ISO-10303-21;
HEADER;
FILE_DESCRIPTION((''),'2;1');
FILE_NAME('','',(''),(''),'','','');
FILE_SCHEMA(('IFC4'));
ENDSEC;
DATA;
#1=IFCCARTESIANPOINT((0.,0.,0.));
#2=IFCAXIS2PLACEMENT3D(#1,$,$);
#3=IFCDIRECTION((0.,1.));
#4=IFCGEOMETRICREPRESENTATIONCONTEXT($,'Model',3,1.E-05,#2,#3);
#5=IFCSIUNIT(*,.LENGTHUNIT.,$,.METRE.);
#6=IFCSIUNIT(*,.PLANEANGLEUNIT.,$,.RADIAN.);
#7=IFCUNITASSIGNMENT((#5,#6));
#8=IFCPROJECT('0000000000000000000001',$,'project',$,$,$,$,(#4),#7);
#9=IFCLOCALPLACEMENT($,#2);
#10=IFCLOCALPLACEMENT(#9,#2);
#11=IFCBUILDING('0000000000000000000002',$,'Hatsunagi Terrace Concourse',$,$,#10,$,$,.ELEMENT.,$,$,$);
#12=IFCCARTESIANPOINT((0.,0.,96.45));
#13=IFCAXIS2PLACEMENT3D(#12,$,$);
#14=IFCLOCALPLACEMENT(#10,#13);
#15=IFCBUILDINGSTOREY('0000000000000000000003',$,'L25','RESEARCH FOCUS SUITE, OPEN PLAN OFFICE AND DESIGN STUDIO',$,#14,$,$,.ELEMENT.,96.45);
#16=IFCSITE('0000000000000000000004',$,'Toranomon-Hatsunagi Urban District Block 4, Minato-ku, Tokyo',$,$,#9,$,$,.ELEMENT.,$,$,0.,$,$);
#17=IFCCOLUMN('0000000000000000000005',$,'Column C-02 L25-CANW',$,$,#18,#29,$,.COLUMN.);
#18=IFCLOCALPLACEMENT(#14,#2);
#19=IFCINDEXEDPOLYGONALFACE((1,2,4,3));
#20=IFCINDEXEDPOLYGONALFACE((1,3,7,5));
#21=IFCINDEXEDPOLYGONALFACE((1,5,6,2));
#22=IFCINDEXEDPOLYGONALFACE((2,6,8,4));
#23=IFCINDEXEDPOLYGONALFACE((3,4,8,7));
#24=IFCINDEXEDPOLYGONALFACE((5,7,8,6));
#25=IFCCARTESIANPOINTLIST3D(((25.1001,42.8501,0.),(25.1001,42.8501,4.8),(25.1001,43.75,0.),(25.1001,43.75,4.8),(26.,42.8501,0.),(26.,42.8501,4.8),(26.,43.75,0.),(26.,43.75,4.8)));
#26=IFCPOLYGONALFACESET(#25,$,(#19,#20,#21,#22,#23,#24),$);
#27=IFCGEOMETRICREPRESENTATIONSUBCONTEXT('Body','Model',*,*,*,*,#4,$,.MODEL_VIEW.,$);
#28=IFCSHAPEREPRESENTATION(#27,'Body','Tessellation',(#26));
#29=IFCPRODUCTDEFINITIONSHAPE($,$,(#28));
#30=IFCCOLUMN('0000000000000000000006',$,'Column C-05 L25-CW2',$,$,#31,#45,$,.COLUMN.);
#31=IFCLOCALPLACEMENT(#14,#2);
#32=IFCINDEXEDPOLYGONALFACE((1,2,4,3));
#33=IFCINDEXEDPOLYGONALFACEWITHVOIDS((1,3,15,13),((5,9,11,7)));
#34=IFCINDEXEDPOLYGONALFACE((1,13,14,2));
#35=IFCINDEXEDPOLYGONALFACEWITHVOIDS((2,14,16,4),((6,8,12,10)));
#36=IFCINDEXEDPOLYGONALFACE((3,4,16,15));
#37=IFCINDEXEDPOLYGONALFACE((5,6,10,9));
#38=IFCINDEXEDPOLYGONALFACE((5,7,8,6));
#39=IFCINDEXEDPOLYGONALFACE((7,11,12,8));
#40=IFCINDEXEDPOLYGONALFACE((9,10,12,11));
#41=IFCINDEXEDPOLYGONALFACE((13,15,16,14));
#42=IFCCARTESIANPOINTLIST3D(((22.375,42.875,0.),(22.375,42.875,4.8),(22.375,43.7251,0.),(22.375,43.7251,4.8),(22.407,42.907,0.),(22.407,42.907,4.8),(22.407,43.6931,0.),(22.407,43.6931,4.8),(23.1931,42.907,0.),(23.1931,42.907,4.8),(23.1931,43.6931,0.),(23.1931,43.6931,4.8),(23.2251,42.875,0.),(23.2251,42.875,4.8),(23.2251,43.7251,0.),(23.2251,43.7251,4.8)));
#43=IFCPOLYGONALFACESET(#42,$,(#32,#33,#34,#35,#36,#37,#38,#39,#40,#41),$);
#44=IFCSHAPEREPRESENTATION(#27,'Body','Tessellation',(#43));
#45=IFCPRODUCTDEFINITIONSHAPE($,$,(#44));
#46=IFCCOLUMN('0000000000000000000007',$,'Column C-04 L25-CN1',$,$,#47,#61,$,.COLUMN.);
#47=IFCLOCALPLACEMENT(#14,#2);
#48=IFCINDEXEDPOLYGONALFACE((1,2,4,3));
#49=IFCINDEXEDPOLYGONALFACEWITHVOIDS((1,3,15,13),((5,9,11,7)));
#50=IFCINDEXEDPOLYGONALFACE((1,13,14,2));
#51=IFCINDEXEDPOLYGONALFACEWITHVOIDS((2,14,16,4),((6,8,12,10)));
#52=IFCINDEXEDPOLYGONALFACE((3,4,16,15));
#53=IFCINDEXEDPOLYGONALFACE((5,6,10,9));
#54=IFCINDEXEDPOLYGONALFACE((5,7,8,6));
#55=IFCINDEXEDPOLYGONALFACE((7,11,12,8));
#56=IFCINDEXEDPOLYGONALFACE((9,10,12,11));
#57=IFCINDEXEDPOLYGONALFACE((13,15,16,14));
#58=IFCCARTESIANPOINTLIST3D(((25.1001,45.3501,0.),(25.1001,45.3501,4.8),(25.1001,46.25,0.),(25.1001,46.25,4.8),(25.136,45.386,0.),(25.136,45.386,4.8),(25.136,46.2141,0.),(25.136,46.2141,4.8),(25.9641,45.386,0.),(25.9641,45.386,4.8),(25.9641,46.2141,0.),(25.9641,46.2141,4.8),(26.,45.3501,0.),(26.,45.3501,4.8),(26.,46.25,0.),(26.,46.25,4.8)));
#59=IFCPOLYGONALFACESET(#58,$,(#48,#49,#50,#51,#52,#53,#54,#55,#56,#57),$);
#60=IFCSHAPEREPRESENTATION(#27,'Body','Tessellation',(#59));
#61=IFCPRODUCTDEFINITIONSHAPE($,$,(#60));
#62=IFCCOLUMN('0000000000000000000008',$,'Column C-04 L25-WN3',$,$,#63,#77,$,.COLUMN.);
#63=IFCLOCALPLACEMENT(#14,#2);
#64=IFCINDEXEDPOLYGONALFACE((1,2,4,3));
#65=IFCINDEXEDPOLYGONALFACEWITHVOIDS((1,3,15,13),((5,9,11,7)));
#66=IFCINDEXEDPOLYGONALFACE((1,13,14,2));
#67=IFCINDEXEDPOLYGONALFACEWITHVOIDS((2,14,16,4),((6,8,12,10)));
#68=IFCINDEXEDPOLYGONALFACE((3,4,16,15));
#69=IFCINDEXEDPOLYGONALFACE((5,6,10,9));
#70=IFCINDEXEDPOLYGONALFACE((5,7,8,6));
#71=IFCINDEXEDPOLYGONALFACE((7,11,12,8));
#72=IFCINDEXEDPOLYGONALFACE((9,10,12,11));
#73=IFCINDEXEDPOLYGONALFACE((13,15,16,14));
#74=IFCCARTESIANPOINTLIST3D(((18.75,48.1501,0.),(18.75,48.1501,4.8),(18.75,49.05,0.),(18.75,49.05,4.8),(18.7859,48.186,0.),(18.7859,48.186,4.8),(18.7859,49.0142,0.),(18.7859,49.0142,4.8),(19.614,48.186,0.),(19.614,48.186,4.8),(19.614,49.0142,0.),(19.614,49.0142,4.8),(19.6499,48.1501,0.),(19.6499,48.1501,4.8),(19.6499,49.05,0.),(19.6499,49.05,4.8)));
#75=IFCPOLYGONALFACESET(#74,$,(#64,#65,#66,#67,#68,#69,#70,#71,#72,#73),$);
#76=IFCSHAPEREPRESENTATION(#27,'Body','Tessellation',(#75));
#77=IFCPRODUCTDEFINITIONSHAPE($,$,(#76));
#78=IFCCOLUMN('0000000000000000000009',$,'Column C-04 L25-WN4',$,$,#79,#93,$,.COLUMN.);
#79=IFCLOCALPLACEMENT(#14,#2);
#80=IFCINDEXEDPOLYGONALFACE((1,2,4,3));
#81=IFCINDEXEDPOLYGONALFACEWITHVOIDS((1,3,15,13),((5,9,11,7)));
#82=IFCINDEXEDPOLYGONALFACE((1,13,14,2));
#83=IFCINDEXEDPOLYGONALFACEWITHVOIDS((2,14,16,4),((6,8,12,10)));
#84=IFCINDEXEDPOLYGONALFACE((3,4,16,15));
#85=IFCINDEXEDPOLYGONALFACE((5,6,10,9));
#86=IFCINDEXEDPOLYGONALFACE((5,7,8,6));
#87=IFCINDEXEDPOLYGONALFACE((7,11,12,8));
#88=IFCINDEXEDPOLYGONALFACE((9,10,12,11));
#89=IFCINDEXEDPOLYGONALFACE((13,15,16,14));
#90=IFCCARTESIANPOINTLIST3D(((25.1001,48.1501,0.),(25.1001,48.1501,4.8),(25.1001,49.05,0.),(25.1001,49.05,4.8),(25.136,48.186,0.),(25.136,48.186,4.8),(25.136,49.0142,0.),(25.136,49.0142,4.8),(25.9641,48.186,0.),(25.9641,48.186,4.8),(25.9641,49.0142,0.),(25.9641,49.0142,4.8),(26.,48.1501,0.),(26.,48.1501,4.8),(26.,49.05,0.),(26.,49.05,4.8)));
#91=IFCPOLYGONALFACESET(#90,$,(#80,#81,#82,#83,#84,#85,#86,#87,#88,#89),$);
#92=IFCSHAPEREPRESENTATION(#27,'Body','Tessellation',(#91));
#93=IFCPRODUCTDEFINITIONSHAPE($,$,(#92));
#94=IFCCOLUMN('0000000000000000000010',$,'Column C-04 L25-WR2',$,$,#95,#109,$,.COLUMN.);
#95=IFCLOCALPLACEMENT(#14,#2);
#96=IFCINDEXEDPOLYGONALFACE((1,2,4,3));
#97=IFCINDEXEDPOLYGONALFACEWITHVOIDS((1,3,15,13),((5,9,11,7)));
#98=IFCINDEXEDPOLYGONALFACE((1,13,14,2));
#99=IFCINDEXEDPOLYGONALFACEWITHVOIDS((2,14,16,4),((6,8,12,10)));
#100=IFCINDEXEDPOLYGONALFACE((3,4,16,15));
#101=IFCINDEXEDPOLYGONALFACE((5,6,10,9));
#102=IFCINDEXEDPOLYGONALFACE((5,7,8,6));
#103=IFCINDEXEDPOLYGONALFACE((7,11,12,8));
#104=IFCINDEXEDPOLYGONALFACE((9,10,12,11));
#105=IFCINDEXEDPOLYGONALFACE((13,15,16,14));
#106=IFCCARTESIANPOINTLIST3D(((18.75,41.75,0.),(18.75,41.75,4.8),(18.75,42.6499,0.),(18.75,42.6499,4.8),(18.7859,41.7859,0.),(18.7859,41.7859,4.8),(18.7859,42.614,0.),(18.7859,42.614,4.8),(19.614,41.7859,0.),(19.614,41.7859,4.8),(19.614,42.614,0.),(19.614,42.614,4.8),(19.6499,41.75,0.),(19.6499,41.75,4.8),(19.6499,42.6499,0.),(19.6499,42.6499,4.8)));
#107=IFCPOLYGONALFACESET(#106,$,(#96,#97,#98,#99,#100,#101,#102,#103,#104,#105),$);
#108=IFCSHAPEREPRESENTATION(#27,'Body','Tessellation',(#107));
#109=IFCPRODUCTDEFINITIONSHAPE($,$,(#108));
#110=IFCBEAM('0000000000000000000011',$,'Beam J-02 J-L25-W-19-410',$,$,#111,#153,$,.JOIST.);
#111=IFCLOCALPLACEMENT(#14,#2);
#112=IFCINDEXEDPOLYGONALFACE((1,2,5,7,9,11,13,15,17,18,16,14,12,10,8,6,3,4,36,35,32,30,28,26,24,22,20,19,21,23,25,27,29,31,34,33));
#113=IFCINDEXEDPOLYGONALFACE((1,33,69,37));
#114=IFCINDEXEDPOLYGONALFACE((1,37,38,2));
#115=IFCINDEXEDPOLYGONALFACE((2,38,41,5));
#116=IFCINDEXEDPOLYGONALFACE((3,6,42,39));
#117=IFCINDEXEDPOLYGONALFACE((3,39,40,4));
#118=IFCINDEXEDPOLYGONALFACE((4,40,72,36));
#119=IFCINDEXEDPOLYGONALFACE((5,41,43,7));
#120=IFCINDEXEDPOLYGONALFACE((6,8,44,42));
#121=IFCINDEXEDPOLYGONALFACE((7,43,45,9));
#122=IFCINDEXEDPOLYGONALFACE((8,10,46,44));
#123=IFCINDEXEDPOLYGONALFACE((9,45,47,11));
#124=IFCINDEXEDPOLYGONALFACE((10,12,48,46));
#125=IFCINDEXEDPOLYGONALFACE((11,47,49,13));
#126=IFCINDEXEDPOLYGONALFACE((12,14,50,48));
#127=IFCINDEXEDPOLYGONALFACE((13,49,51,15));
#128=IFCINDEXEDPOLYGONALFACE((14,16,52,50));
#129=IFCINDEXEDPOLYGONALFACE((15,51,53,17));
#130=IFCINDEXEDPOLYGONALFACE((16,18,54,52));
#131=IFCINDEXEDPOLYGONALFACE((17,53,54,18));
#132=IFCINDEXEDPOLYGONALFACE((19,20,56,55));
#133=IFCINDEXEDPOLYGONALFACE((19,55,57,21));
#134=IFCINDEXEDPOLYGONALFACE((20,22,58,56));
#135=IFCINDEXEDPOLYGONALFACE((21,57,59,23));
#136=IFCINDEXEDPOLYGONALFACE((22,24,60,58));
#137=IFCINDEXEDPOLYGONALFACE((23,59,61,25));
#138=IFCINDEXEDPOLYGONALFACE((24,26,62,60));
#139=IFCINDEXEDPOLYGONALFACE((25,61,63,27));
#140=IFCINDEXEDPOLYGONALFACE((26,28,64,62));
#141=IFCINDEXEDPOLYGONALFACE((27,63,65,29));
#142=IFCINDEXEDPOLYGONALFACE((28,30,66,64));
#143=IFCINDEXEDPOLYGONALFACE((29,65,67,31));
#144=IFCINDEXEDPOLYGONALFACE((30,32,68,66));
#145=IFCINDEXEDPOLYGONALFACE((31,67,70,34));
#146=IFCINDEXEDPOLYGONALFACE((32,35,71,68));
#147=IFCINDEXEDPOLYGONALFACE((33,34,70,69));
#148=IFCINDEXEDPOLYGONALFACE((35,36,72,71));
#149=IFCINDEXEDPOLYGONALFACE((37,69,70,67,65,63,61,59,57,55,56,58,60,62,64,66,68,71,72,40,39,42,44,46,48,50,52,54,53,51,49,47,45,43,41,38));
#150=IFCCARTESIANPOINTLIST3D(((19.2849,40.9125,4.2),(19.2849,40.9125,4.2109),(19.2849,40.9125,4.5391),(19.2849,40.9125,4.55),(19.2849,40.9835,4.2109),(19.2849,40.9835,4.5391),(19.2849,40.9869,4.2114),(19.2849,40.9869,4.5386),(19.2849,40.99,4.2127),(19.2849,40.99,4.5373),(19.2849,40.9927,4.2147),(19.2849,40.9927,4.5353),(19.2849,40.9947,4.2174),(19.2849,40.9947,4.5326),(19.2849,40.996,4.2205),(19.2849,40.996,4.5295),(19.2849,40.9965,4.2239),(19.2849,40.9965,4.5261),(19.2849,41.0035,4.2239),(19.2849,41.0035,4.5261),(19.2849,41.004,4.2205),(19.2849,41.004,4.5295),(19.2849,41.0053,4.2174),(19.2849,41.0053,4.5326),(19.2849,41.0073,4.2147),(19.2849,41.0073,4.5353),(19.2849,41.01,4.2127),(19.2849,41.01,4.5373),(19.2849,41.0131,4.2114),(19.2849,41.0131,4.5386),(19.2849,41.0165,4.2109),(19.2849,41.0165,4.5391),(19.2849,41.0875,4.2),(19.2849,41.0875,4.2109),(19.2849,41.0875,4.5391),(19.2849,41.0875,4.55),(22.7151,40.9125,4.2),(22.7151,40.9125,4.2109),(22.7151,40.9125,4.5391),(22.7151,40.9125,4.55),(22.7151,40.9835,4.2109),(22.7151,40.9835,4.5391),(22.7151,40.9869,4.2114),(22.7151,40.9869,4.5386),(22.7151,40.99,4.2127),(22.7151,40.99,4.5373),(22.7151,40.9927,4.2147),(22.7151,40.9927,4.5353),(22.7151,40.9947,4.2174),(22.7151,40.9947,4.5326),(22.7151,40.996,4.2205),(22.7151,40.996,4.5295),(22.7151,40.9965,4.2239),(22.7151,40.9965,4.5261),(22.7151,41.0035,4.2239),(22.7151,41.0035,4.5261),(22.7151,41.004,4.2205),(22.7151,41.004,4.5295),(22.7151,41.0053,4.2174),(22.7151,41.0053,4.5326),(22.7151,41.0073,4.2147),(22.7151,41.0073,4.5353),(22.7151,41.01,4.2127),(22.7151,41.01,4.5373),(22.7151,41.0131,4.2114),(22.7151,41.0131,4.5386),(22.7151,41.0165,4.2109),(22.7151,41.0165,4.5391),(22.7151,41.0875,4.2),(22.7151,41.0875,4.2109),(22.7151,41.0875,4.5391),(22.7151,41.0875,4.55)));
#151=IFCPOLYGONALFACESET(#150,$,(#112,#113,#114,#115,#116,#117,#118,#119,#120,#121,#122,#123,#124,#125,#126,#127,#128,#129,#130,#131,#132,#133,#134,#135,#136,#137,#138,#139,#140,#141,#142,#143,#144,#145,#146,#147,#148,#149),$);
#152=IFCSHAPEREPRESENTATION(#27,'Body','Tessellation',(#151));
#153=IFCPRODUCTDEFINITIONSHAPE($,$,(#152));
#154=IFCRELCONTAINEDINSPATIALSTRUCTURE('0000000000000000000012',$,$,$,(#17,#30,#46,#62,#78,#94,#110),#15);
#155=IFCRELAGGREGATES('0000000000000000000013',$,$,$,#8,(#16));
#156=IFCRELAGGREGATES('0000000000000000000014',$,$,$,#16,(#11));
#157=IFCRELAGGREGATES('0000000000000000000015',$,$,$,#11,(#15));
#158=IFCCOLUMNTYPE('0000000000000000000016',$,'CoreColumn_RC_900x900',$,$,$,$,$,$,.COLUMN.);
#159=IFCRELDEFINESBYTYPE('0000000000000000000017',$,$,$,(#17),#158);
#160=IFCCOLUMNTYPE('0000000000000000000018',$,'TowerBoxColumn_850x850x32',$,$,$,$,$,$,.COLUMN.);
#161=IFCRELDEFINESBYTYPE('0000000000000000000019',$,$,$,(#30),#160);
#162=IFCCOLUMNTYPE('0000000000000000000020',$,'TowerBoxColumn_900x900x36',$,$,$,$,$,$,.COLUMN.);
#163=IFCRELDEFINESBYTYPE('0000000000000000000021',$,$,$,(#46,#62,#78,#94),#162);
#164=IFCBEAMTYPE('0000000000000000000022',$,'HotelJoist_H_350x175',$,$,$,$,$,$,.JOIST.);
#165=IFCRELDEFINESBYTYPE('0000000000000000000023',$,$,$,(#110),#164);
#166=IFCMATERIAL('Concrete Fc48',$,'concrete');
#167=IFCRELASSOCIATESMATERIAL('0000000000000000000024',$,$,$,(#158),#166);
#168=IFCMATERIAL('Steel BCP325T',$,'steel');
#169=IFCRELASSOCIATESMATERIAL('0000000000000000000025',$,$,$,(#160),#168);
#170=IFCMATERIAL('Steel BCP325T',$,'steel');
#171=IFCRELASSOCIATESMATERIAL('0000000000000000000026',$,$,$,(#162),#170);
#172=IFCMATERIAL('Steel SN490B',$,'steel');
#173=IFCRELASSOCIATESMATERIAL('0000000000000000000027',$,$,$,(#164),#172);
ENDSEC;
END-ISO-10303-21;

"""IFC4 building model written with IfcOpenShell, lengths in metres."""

from ifc_helpers import new_model, si_unit, direction, frame, origin, origin_2d, place, context, subcontext, project, spatial, rectangle, hollow_rectangle, i_section, extrude, material, material_profile, profile_set, type_object, element, save


model = new_model("IFC4")

# Units and contexts
model_context = context("Model", 3, precision=1e-05, world=origin(), true_north=direction((0.0, 1.0)))
body_context = subcontext(model_context, "Body", "Model", "MODEL_VIEW")
ifc_project = project(units=[si_unit("LENGTHUNIT", "METRE"), si_unit("PLANEANGLEUNIT", "RADIAN")], contexts=[model_context])

# Site, building, storey
site_placement = place(None, origin())
site = spatial("IfcSite", under=ifc_project, at=site_placement, Name="Toranomon-Hatsunagi Urban District Block 4, Minato-ku, Tokyo", CompositionType="ELEMENT", RefElevation=0.0)
building_placement = place(site_placement, origin())
building = spatial("IfcBuilding", under=site, at=building_placement, Name="Hatsunagi Terrace Concourse", CompositionType="ELEMENT")
storey_placement = place(building_placement, frame((0.0, 0.0, 96.45)))
storey = spatial("IfcBuildingStorey", under=building, at=storey_placement, Name="L25", Description="RESEARCH FOCUS SUITE, OPEN PLAN OFFICE AND DESIGN STUDIO", CompositionType="ELEMENT", Elevation=96.45)

# Columns
ifc_material_1 = material(Name="Concrete Fc48", Category="concrete")
ifc_material_profile_1 = material_profile(ifc_material_1, rectangle(XDim=0.8999, YDim=0.8999, at=origin_2d()), Name="RC-900x900")
ifc_profile_set_1 = profile_set([ifc_material_profile_1], Name="Concrete Fc48")
column_type_1 = type_object("IfcColumnType", Name="CoreColumn_RC_900x900", PredefinedType="COLUMN", material=ifc_profile_set_1)
column_1_placement = place(storey_placement, frame((25.55, 43.3, 0.0), z_axis=(0.0, 0.0, 1.0), x_axis=(1.0, 0.0, 0.0)))
element("IfcColumn", 1, at=column_1_placement, inside=storey, type_object=column_type_1, Name="Column C-02 L25-CANW", PredefinedType="COLUMN", context=body_context, shape_type="SweptSolid", body=[
    extrude(rectangle(XDim=0.8999, YDim=0.8999, at=origin_2d()), origin(), (0.0, 0.0, 1.0), 4.8),
])
ifc_material_2 = material(Name="Steel BCP325T", Category="steel")
ifc_material_profile_2 = material_profile(ifc_material_2, hollow_rectangle(XDim=0.8501, YDim=0.8501, WallThickness=0.032, at=origin_2d()), Name="BCP-850x850x32")
ifc_profile_set_2 = profile_set([ifc_material_profile_2], Name="Steel BCP325T")
column_type_2 = type_object("IfcColumnType", Name="TowerBoxColumn_850x850x32", PredefinedType="COLUMN", material=ifc_profile_set_2)
column_2_placement = place(storey_placement, frame((22.8, 43.3, 0.0), z_axis=(0.0, 0.0, 1.0), x_axis=(1.0, 0.0, 0.0)))
element("IfcColumn", 2, at=column_2_placement, inside=storey, type_object=column_type_2, Name="Column C-05 L25-CW2", PredefinedType="COLUMN", context=body_context, shape_type="SweptSolid", body=[
    extrude(hollow_rectangle(XDim=0.8501, YDim=0.8501, WallThickness=0.032, at=origin_2d()), origin(), (0.0, 0.0, 1.0), 4.8),
])
ifc_material_3 = material(Name="Steel BCP325T", Category="steel")
ifc_material_profile_3 = material_profile(ifc_material_3, hollow_rectangle(XDim=0.8999, YDim=0.8999, WallThickness=0.0359, at=origin_2d()), Name="BCP-900x900x36")
ifc_profile_set_3 = profile_set([ifc_material_profile_3], Name="Steel BCP325T")
column_type_3 = type_object("IfcColumnType", Name="TowerBoxColumn_900x900x36", PredefinedType="COLUMN", material=ifc_profile_set_3)
for number, where, z_axis, x_axis, name in (
    (3, (25.55, 45.8, 0.0), (0.0, 0.0, 1.0), (1.0, 0.0, 0.0), "Column C-04 L25-CN1"),
    (4, (19.2, 48.6001, 0.0), (0.0, 0.0, 1.0), (1.0, 0.0, 0.0), "Column C-04 L25-WN3"),
    (5, (25.55, 48.6001, 0.0), (0.0, 0.0, 1.0), (1.0, 0.0, 0.0), "Column C-04 L25-WN4"),
    (6, (19.2, 42.2, 0.0), (0.0, 0.0, 1.0), (1.0, 0.0, 0.0), "Column C-04 L25-WR2"),
):
    element("IfcColumn", number, at=place(storey_placement, frame(where, z_axis=z_axis, x_axis=x_axis)), inside=storey, type_object=column_type_3, Name=name, PredefinedType="COLUMN", context=body_context, shape_type="SweptSolid", body=[
        extrude(hollow_rectangle(XDim=0.8999, YDim=0.8999, WallThickness=0.0359, at=origin_2d()), origin(), (0.0, 0.0, 1.0), 4.8),
    ])

# Beam
ifc_material_4 = material(Name="Steel SN490B", Category="steel")
ifc_material_profile_4 = material_profile(ifc_material_4, i_section(OverallWidth=0.175, OverallDepth=0.3501, WebThickness=0.0071, FlangeThickness=0.011, FilletRadius=0.0129, at=origin_2d()), Name="H-350x175x7x11")
ifc_profile_set_4 = profile_set([ifc_material_profile_4], Name="Steel SN490B")
beam_type_1 = type_object("IfcBeamType", Name="HotelJoist_H_350x175", PredefinedType="JOIST", material=ifc_profile_set_4)
beam_1_placement = place(storey_placement, frame((19.2849, 41.0, 4.375), z_axis=(1.0, 0.0, 0.0), x_axis=(0.0, 1.0, 0.0)))
element("IfcBeam", 7, at=beam_1_placement, inside=storey, type_object=beam_type_1, Name="Beam J-02 J-L25-W-19-410", PredefinedType="JOIST", context=body_context, shape_type="SweptSolid", body=[
    extrude(i_section(OverallWidth=0.175, OverallDepth=0.3501, WebThickness=0.0071, FlangeThickness=0.011, FilletRadius=0.0129, at=origin_2d()), origin(), (0.0, 0.0, 1.0), 3.4302),
])

save(model, "model.ifc")
